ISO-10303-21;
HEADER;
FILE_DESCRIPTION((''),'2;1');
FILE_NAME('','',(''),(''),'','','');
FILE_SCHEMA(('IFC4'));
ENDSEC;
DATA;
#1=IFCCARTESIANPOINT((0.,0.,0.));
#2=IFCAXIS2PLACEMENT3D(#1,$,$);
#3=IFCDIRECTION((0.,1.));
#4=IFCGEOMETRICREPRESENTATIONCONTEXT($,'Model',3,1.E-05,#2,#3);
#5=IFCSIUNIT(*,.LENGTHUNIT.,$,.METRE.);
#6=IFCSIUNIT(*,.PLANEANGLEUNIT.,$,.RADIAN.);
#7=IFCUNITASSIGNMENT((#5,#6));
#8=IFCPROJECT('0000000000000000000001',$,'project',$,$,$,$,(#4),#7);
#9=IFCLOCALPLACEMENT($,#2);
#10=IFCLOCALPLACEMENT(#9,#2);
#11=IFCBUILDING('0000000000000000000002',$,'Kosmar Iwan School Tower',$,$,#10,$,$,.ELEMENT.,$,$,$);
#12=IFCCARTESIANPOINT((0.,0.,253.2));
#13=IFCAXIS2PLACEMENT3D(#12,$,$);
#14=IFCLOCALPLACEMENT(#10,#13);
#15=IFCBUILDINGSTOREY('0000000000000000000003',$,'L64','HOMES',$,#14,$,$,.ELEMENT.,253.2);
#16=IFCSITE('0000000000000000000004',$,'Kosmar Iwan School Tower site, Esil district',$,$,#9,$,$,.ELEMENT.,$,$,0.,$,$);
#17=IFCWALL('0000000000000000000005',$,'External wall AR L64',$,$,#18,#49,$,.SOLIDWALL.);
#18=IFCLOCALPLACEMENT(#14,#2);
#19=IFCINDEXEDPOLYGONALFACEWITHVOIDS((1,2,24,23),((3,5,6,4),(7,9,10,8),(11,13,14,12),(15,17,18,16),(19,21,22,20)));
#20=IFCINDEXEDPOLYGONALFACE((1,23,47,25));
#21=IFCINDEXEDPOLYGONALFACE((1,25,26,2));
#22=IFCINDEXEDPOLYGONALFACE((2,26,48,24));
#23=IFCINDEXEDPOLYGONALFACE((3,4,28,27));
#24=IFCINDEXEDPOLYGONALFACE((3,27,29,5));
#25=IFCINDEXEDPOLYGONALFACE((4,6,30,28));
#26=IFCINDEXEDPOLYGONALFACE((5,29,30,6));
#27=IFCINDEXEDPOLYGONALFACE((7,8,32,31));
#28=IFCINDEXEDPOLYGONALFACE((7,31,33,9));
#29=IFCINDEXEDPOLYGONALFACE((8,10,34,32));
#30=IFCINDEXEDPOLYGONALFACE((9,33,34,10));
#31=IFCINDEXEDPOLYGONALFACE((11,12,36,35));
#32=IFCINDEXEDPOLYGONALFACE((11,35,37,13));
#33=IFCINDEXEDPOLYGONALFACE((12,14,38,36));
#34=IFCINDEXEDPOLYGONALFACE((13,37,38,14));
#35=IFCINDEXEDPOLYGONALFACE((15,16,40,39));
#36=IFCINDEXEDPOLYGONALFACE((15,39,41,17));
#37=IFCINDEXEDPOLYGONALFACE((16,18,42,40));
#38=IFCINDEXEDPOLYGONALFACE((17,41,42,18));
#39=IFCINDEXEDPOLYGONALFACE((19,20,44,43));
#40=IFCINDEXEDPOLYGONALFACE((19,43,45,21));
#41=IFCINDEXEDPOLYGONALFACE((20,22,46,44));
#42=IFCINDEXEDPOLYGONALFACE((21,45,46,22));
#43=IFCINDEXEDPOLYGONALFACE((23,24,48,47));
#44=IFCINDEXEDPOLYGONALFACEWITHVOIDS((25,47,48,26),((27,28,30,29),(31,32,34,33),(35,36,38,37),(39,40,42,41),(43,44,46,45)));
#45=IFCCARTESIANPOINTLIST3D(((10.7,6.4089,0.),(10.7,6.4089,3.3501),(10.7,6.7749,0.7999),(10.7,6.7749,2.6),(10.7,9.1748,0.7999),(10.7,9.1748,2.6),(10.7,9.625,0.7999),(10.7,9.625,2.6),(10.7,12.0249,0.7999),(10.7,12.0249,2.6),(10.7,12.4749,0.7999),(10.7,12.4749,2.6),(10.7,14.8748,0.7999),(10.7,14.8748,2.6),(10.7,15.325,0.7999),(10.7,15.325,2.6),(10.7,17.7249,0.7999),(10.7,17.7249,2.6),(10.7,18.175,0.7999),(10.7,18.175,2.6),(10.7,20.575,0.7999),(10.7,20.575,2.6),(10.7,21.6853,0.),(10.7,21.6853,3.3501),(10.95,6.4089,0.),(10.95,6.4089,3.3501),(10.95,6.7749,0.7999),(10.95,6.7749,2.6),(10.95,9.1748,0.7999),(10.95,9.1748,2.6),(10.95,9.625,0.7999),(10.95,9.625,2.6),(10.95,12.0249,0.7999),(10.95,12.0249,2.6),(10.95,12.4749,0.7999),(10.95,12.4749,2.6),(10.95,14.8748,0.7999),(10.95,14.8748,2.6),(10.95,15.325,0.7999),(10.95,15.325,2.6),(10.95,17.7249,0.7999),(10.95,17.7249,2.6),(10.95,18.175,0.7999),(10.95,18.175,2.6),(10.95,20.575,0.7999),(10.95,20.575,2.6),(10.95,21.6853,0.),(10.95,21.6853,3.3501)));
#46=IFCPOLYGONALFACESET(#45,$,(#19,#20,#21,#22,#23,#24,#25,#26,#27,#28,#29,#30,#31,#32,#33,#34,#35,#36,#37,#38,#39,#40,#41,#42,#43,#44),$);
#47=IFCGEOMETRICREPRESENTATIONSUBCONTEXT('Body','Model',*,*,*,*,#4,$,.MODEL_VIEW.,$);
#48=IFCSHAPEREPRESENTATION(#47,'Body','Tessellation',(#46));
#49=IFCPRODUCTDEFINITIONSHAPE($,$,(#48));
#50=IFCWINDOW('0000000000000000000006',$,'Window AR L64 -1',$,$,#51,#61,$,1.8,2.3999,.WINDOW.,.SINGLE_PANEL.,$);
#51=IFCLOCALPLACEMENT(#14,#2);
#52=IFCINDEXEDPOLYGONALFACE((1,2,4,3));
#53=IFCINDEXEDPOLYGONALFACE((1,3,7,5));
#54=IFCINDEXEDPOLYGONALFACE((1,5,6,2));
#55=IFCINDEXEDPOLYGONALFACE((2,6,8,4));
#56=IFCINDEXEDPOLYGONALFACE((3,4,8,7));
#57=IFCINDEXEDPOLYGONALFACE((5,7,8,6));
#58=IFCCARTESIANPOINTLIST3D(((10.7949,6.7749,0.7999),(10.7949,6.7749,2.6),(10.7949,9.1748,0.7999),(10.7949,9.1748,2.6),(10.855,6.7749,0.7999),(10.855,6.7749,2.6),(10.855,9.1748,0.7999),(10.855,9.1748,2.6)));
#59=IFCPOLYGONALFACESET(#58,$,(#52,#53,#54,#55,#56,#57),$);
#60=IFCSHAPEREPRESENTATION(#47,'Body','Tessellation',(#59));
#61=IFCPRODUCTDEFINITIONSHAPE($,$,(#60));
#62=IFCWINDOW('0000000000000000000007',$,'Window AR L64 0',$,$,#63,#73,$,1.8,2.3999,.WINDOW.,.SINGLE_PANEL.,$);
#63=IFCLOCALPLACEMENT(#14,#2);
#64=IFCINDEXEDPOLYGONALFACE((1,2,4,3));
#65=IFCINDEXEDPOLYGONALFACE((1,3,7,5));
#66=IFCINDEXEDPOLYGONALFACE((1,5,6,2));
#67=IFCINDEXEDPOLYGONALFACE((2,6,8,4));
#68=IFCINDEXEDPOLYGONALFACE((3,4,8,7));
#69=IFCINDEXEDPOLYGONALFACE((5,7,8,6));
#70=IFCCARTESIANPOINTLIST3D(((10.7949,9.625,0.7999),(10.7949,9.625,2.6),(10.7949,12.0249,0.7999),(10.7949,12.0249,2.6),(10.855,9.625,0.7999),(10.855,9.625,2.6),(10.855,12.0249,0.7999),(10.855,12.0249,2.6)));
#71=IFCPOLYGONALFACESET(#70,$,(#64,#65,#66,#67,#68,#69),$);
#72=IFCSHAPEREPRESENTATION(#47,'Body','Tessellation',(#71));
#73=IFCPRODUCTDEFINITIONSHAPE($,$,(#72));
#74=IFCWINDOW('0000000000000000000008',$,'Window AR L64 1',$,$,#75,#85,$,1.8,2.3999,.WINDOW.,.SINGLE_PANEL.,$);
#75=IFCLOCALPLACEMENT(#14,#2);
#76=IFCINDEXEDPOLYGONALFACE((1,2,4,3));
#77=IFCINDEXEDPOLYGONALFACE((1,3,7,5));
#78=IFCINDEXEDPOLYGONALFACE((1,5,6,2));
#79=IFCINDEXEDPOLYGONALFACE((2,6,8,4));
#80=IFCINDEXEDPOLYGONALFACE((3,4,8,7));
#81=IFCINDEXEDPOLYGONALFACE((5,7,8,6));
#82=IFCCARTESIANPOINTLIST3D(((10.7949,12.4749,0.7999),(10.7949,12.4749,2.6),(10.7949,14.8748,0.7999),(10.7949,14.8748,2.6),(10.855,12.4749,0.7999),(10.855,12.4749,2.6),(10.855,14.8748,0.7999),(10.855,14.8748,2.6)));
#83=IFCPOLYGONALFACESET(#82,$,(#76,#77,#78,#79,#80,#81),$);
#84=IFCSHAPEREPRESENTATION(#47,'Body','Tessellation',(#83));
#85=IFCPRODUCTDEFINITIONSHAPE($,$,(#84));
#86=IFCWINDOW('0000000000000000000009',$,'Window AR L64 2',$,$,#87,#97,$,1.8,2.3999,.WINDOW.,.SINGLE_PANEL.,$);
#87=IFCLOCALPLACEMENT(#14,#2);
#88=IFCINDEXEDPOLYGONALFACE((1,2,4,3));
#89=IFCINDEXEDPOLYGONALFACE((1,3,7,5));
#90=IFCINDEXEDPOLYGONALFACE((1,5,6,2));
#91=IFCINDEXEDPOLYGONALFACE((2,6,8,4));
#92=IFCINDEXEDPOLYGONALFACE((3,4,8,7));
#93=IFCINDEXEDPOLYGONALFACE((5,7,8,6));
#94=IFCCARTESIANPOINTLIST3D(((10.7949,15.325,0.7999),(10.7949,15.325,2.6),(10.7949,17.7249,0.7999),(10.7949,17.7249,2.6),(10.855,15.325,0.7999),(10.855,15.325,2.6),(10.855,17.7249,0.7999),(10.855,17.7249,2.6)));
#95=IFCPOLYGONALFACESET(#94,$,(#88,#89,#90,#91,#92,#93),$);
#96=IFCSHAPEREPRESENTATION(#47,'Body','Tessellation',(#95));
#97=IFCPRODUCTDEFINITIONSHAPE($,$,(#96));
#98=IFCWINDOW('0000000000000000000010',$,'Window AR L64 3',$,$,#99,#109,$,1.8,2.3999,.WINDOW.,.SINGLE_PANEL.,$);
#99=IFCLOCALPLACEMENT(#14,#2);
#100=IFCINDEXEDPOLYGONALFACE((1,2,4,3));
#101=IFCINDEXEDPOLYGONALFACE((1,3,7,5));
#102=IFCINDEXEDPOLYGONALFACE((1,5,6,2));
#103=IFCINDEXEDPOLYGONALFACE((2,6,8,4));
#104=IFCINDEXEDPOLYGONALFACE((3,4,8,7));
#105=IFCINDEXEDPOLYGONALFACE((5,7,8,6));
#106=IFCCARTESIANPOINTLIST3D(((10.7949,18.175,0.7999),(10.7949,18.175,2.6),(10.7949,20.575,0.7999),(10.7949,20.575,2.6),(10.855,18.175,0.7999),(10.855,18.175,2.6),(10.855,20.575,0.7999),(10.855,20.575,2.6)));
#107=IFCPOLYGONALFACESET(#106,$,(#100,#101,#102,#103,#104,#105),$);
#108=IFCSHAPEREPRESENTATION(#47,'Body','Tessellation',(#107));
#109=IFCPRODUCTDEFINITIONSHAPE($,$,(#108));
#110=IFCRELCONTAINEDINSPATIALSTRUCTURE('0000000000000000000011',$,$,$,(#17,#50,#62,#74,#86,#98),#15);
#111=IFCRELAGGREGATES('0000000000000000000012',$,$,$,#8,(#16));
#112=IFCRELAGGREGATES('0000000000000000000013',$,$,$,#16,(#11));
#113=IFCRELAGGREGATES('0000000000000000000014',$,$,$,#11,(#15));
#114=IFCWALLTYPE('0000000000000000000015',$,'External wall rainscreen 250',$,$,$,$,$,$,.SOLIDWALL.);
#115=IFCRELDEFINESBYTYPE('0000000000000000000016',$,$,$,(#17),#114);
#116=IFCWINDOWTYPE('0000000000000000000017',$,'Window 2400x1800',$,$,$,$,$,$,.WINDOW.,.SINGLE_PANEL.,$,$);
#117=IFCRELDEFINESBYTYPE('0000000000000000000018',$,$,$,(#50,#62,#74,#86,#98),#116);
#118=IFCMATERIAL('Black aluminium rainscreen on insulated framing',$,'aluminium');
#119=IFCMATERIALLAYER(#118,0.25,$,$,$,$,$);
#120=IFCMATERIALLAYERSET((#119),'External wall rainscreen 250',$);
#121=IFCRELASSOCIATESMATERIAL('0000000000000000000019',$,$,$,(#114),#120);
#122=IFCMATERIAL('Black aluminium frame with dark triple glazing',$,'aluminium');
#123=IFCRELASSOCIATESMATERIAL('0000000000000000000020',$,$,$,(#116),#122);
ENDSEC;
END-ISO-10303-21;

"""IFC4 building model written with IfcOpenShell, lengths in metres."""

from ifc_helpers import new_model, si_unit, direction, frame, frame_2d, origin, place, context, subcontext, project, spatial, rectangle, extrude, material, layer, layer_set, type_object, element, fill, save


model = new_model("IFC4")

# Units and contexts
model_context = context("Model", 3, precision=1e-05, world=origin(), true_north=direction((0.0, 1.0)))
body_context = subcontext(model_context, "Body", "Model", "MODEL_VIEW")
ifc_project = project(units=[si_unit("LENGTHUNIT", "METRE"), si_unit("PLANEANGLEUNIT", "RADIAN")], contexts=[model_context])

# Site, building, storey
site_placement = place(None, origin())
site = spatial("IfcSite", under=ifc_project, at=site_placement, Name="Kosmar Iwan School Tower site, Esil district", CompositionType="ELEMENT", RefElevation=0.0)
building_placement = place(site_placement, origin())
building = spatial("IfcBuilding", under=site, at=building_placement, Name="Kosmar Iwan School Tower", CompositionType="ELEMENT")
storey_placement = place(building_placement, frame((0.0, 0.0, 253.2)))
storey = spatial("IfcBuildingStorey", under=building, at=storey_placement, Name="L64", Description="HOMES", CompositionType="ELEMENT", Elevation=253.2)

# Wall, openings, windows
ifc_material_1 = material(Name="Black aluminium rainscreen on insulated framing", Category="aluminium")
ifc_layer = layer(ifc_material_1, 0.25)
ifc_layer_set = layer_set([ifc_layer], Name="External wall rainscreen 250")
wall_type = type_object("IfcWallType", Name="External wall rainscreen 250", PredefinedType="SOLIDWALL", material=ifc_layer_set)
ifc_material_2 = material(Name="Black aluminium frame with dark triple glazing", Category="aluminium")
window_type = type_object("IfcWindowType", Name="Window 2400x1800", PartitioningType="SINGLE_PANEL", PredefinedType="WINDOW", material=ifc_material_2)
wall_1_placement = place(storey_placement, frame((10.825, 6.4089, 0.0), z_axis=(0.0, 0.0, 1.0), x_axis=(0.0, 1.0, 0.0)))
wall_1 = element("IfcWall", 1, at=wall_1_placement, inside=storey, type_object=wall_type, Name="External wall AR L64", PredefinedType="SOLIDWALL", context=body_context, shape_type="SweptSolid", body=[
    extrude(rectangle(XDim=15.2764, YDim=0.25, at=frame_2d((7.6382, 0.0))), origin(), (0.0, 0.0, 1.0), 3.3501),
])
opening_1_placement = place(wall_1_placement, frame((0.366, 0.0, 0.8)))
opening_1 = element("IfcOpeningElement", 2, at=opening_1_placement, cuts=wall_1, PredefinedType="OPENING", context=body_context, shape_type="SweptSolid", body=[
    extrude(rectangle(XDim=2.3999, YDim=1.8, at=frame_2d((1.2, 0.8999))), frame((0.0, 0.137, 0.0), z_axis=(0.0, -1.0, 0.0), x_axis=(1.0, 0.0, 0.0)), (0.0, 0.0, 1.0), 0.2739),
])
opening_2_placement = place(wall_1_placement, frame((3.2161, 0.0, 0.8)))
opening_2 = element("IfcOpeningElement", 3, at=opening_2_placement, cuts=wall_1, PredefinedType="OPENING", context=body_context, shape_type="SweptSolid", body=[
    extrude(rectangle(XDim=2.3999, YDim=1.8, at=frame_2d((1.2, 0.8999))), frame((0.0, 0.137, 0.0), z_axis=(0.0, -1.0, 0.0), x_axis=(1.0, 0.0, 0.0)), (0.0, 0.0, 1.0), 0.2739),
])
opening_3_placement = place(wall_1_placement, frame((6.0659, 0.0, 0.8)))
opening_3 = element("IfcOpeningElement", 4, at=opening_3_placement, cuts=wall_1, PredefinedType="OPENING", context=body_context, shape_type="SweptSolid", body=[
    extrude(rectangle(XDim=2.3999, YDim=1.8, at=frame_2d((1.2, 0.8999))), frame((0.0, 0.137, 0.0), z_axis=(0.0, -1.0, 0.0), x_axis=(1.0, 0.0, 0.0)), (0.0, 0.0, 1.0), 0.2739),
])
opening_4_placement = place(wall_1_placement, frame((8.916, 0.0, 0.8)))
opening_4 = element("IfcOpeningElement", 5, at=opening_4_placement, cuts=wall_1, PredefinedType="OPENING", context=body_context, shape_type="SweptSolid", body=[
    extrude(rectangle(XDim=2.3999, YDim=1.8, at=frame_2d((1.2, 0.8999))), frame((0.0, 0.137, 0.0), z_axis=(0.0, -1.0, 0.0), x_axis=(1.0, 0.0, 0.0)), (0.0, 0.0, 1.0), 0.2739),
])
opening_5_placement = place(wall_1_placement, frame((11.7661, 0.0, 0.8)))
opening_5 = element("IfcOpeningElement", 6, at=opening_5_placement, cuts=wall_1, PredefinedType="OPENING", context=body_context, shape_type="SweptSolid", body=[
    extrude(rectangle(XDim=2.3999, YDim=1.8, at=frame_2d((1.2, 0.8999))), frame((0.0, 0.137, 0.0), z_axis=(0.0, -1.0, 0.0), x_axis=(1.0, 0.0, 0.0)), (0.0, 0.0, 1.0), 0.2739),
])
window_1_placement = place(opening_1_placement, origin())
window_1 = element("IfcWindow", 7, at=window_1_placement, inside=storey, type_object=window_type, Name="Window AR L64 -1", OverallHeight=1.8, OverallWidth=2.3999, PartitioningType="SINGLE_PANEL", PredefinedType="WINDOW", context=body_context, shape_type="SweptSolid", body=[
    extrude(rectangle(XDim=2.3999, YDim=1.8, at=frame_2d((1.2, 0.8999))), frame((0.0, 0.03, 0.0), z_axis=(0.0, -1.0, 0.0), x_axis=(1.0, 0.0, 0.0)), (0.0, 0.0, 1.0), 0.0601),
])
fill(opening_1, window_1)
window_2_placement = place(opening_2_placement, origin())
window_2 = element("IfcWindow", 8, at=window_2_placement, inside=storey, type_object=window_type, Name="Window AR L64 0", OverallHeight=1.8, OverallWidth=2.3999, PartitioningType="SINGLE_PANEL", PredefinedType="WINDOW", context=body_context, shape_type="SweptSolid", body=[
    extrude(rectangle(XDim=2.3999, YDim=1.8, at=frame_2d((1.2, 0.8999))), frame((0.0, 0.03, 0.0), z_axis=(0.0, -1.0, 0.0), x_axis=(1.0, 0.0, 0.0)), (0.0, 0.0, 1.0), 0.0601),
])
fill(opening_2, window_2)
window_3_placement = place(opening_3_placement, origin())
window_3 = element("IfcWindow", 9, at=window_3_placement, inside=storey, type_object=window_type, Name="Window AR L64 1", OverallHeight=1.8, OverallWidth=2.3999, PartitioningType="SINGLE_PANEL", PredefinedType="WINDOW", context=body_context, shape_type="SweptSolid", body=[
    extrude(rectangle(XDim=2.3999, YDim=1.8, at=frame_2d((1.2, 0.8999))), frame((0.0, 0.03, 0.0), z_axis=(0.0, -1.0, 0.0), x_axis=(1.0, 0.0, 0.0)), (0.0, 0.0, 1.0), 0.0601),
])
fill(opening_3, window_3)
window_4_placement = place(opening_4_placement, origin())
window_4 = element("IfcWindow", 10, at=window_4_placement, inside=storey, type_object=window_type, Name="Window AR L64 2", OverallHeight=1.8, OverallWidth=2.3999, PartitioningType="SINGLE_PANEL", PredefinedType="WINDOW", context=body_context, shape_type="SweptSolid", body=[
    extrude(rectangle(XDim=2.3999, YDim=1.8, at=frame_2d((1.2, 0.8999))), frame((0.0, 0.03, 0.0), z_axis=(0.0, -1.0, 0.0), x_axis=(1.0, 0.0, 0.0)), (0.0, 0.0, 1.0), 0.0601),
])
fill(opening_4, window_4)
window_5_placement = place(opening_5_placement, origin())
window_5 = element("IfcWindow", 11, at=window_5_placement, inside=storey, type_object=window_type, Name="Window AR L64 3", OverallHeight=1.8, OverallWidth=2.3999, PartitioningType="SINGLE_PANEL", PredefinedType="WINDOW", context=body_context, shape_type="SweptSolid", body=[
    extrude(rectangle(XDim=2.3999, YDim=1.8, at=frame_2d((1.2, 0.8999))), frame((0.0, 0.03, 0.0), z_axis=(0.0, -1.0, 0.0), x_axis=(1.0, 0.0, 0.0)), (0.0, 0.0, 1.0), 0.0601),
])
fill(opening_5, window_5)

save(model, "model.ifc")
